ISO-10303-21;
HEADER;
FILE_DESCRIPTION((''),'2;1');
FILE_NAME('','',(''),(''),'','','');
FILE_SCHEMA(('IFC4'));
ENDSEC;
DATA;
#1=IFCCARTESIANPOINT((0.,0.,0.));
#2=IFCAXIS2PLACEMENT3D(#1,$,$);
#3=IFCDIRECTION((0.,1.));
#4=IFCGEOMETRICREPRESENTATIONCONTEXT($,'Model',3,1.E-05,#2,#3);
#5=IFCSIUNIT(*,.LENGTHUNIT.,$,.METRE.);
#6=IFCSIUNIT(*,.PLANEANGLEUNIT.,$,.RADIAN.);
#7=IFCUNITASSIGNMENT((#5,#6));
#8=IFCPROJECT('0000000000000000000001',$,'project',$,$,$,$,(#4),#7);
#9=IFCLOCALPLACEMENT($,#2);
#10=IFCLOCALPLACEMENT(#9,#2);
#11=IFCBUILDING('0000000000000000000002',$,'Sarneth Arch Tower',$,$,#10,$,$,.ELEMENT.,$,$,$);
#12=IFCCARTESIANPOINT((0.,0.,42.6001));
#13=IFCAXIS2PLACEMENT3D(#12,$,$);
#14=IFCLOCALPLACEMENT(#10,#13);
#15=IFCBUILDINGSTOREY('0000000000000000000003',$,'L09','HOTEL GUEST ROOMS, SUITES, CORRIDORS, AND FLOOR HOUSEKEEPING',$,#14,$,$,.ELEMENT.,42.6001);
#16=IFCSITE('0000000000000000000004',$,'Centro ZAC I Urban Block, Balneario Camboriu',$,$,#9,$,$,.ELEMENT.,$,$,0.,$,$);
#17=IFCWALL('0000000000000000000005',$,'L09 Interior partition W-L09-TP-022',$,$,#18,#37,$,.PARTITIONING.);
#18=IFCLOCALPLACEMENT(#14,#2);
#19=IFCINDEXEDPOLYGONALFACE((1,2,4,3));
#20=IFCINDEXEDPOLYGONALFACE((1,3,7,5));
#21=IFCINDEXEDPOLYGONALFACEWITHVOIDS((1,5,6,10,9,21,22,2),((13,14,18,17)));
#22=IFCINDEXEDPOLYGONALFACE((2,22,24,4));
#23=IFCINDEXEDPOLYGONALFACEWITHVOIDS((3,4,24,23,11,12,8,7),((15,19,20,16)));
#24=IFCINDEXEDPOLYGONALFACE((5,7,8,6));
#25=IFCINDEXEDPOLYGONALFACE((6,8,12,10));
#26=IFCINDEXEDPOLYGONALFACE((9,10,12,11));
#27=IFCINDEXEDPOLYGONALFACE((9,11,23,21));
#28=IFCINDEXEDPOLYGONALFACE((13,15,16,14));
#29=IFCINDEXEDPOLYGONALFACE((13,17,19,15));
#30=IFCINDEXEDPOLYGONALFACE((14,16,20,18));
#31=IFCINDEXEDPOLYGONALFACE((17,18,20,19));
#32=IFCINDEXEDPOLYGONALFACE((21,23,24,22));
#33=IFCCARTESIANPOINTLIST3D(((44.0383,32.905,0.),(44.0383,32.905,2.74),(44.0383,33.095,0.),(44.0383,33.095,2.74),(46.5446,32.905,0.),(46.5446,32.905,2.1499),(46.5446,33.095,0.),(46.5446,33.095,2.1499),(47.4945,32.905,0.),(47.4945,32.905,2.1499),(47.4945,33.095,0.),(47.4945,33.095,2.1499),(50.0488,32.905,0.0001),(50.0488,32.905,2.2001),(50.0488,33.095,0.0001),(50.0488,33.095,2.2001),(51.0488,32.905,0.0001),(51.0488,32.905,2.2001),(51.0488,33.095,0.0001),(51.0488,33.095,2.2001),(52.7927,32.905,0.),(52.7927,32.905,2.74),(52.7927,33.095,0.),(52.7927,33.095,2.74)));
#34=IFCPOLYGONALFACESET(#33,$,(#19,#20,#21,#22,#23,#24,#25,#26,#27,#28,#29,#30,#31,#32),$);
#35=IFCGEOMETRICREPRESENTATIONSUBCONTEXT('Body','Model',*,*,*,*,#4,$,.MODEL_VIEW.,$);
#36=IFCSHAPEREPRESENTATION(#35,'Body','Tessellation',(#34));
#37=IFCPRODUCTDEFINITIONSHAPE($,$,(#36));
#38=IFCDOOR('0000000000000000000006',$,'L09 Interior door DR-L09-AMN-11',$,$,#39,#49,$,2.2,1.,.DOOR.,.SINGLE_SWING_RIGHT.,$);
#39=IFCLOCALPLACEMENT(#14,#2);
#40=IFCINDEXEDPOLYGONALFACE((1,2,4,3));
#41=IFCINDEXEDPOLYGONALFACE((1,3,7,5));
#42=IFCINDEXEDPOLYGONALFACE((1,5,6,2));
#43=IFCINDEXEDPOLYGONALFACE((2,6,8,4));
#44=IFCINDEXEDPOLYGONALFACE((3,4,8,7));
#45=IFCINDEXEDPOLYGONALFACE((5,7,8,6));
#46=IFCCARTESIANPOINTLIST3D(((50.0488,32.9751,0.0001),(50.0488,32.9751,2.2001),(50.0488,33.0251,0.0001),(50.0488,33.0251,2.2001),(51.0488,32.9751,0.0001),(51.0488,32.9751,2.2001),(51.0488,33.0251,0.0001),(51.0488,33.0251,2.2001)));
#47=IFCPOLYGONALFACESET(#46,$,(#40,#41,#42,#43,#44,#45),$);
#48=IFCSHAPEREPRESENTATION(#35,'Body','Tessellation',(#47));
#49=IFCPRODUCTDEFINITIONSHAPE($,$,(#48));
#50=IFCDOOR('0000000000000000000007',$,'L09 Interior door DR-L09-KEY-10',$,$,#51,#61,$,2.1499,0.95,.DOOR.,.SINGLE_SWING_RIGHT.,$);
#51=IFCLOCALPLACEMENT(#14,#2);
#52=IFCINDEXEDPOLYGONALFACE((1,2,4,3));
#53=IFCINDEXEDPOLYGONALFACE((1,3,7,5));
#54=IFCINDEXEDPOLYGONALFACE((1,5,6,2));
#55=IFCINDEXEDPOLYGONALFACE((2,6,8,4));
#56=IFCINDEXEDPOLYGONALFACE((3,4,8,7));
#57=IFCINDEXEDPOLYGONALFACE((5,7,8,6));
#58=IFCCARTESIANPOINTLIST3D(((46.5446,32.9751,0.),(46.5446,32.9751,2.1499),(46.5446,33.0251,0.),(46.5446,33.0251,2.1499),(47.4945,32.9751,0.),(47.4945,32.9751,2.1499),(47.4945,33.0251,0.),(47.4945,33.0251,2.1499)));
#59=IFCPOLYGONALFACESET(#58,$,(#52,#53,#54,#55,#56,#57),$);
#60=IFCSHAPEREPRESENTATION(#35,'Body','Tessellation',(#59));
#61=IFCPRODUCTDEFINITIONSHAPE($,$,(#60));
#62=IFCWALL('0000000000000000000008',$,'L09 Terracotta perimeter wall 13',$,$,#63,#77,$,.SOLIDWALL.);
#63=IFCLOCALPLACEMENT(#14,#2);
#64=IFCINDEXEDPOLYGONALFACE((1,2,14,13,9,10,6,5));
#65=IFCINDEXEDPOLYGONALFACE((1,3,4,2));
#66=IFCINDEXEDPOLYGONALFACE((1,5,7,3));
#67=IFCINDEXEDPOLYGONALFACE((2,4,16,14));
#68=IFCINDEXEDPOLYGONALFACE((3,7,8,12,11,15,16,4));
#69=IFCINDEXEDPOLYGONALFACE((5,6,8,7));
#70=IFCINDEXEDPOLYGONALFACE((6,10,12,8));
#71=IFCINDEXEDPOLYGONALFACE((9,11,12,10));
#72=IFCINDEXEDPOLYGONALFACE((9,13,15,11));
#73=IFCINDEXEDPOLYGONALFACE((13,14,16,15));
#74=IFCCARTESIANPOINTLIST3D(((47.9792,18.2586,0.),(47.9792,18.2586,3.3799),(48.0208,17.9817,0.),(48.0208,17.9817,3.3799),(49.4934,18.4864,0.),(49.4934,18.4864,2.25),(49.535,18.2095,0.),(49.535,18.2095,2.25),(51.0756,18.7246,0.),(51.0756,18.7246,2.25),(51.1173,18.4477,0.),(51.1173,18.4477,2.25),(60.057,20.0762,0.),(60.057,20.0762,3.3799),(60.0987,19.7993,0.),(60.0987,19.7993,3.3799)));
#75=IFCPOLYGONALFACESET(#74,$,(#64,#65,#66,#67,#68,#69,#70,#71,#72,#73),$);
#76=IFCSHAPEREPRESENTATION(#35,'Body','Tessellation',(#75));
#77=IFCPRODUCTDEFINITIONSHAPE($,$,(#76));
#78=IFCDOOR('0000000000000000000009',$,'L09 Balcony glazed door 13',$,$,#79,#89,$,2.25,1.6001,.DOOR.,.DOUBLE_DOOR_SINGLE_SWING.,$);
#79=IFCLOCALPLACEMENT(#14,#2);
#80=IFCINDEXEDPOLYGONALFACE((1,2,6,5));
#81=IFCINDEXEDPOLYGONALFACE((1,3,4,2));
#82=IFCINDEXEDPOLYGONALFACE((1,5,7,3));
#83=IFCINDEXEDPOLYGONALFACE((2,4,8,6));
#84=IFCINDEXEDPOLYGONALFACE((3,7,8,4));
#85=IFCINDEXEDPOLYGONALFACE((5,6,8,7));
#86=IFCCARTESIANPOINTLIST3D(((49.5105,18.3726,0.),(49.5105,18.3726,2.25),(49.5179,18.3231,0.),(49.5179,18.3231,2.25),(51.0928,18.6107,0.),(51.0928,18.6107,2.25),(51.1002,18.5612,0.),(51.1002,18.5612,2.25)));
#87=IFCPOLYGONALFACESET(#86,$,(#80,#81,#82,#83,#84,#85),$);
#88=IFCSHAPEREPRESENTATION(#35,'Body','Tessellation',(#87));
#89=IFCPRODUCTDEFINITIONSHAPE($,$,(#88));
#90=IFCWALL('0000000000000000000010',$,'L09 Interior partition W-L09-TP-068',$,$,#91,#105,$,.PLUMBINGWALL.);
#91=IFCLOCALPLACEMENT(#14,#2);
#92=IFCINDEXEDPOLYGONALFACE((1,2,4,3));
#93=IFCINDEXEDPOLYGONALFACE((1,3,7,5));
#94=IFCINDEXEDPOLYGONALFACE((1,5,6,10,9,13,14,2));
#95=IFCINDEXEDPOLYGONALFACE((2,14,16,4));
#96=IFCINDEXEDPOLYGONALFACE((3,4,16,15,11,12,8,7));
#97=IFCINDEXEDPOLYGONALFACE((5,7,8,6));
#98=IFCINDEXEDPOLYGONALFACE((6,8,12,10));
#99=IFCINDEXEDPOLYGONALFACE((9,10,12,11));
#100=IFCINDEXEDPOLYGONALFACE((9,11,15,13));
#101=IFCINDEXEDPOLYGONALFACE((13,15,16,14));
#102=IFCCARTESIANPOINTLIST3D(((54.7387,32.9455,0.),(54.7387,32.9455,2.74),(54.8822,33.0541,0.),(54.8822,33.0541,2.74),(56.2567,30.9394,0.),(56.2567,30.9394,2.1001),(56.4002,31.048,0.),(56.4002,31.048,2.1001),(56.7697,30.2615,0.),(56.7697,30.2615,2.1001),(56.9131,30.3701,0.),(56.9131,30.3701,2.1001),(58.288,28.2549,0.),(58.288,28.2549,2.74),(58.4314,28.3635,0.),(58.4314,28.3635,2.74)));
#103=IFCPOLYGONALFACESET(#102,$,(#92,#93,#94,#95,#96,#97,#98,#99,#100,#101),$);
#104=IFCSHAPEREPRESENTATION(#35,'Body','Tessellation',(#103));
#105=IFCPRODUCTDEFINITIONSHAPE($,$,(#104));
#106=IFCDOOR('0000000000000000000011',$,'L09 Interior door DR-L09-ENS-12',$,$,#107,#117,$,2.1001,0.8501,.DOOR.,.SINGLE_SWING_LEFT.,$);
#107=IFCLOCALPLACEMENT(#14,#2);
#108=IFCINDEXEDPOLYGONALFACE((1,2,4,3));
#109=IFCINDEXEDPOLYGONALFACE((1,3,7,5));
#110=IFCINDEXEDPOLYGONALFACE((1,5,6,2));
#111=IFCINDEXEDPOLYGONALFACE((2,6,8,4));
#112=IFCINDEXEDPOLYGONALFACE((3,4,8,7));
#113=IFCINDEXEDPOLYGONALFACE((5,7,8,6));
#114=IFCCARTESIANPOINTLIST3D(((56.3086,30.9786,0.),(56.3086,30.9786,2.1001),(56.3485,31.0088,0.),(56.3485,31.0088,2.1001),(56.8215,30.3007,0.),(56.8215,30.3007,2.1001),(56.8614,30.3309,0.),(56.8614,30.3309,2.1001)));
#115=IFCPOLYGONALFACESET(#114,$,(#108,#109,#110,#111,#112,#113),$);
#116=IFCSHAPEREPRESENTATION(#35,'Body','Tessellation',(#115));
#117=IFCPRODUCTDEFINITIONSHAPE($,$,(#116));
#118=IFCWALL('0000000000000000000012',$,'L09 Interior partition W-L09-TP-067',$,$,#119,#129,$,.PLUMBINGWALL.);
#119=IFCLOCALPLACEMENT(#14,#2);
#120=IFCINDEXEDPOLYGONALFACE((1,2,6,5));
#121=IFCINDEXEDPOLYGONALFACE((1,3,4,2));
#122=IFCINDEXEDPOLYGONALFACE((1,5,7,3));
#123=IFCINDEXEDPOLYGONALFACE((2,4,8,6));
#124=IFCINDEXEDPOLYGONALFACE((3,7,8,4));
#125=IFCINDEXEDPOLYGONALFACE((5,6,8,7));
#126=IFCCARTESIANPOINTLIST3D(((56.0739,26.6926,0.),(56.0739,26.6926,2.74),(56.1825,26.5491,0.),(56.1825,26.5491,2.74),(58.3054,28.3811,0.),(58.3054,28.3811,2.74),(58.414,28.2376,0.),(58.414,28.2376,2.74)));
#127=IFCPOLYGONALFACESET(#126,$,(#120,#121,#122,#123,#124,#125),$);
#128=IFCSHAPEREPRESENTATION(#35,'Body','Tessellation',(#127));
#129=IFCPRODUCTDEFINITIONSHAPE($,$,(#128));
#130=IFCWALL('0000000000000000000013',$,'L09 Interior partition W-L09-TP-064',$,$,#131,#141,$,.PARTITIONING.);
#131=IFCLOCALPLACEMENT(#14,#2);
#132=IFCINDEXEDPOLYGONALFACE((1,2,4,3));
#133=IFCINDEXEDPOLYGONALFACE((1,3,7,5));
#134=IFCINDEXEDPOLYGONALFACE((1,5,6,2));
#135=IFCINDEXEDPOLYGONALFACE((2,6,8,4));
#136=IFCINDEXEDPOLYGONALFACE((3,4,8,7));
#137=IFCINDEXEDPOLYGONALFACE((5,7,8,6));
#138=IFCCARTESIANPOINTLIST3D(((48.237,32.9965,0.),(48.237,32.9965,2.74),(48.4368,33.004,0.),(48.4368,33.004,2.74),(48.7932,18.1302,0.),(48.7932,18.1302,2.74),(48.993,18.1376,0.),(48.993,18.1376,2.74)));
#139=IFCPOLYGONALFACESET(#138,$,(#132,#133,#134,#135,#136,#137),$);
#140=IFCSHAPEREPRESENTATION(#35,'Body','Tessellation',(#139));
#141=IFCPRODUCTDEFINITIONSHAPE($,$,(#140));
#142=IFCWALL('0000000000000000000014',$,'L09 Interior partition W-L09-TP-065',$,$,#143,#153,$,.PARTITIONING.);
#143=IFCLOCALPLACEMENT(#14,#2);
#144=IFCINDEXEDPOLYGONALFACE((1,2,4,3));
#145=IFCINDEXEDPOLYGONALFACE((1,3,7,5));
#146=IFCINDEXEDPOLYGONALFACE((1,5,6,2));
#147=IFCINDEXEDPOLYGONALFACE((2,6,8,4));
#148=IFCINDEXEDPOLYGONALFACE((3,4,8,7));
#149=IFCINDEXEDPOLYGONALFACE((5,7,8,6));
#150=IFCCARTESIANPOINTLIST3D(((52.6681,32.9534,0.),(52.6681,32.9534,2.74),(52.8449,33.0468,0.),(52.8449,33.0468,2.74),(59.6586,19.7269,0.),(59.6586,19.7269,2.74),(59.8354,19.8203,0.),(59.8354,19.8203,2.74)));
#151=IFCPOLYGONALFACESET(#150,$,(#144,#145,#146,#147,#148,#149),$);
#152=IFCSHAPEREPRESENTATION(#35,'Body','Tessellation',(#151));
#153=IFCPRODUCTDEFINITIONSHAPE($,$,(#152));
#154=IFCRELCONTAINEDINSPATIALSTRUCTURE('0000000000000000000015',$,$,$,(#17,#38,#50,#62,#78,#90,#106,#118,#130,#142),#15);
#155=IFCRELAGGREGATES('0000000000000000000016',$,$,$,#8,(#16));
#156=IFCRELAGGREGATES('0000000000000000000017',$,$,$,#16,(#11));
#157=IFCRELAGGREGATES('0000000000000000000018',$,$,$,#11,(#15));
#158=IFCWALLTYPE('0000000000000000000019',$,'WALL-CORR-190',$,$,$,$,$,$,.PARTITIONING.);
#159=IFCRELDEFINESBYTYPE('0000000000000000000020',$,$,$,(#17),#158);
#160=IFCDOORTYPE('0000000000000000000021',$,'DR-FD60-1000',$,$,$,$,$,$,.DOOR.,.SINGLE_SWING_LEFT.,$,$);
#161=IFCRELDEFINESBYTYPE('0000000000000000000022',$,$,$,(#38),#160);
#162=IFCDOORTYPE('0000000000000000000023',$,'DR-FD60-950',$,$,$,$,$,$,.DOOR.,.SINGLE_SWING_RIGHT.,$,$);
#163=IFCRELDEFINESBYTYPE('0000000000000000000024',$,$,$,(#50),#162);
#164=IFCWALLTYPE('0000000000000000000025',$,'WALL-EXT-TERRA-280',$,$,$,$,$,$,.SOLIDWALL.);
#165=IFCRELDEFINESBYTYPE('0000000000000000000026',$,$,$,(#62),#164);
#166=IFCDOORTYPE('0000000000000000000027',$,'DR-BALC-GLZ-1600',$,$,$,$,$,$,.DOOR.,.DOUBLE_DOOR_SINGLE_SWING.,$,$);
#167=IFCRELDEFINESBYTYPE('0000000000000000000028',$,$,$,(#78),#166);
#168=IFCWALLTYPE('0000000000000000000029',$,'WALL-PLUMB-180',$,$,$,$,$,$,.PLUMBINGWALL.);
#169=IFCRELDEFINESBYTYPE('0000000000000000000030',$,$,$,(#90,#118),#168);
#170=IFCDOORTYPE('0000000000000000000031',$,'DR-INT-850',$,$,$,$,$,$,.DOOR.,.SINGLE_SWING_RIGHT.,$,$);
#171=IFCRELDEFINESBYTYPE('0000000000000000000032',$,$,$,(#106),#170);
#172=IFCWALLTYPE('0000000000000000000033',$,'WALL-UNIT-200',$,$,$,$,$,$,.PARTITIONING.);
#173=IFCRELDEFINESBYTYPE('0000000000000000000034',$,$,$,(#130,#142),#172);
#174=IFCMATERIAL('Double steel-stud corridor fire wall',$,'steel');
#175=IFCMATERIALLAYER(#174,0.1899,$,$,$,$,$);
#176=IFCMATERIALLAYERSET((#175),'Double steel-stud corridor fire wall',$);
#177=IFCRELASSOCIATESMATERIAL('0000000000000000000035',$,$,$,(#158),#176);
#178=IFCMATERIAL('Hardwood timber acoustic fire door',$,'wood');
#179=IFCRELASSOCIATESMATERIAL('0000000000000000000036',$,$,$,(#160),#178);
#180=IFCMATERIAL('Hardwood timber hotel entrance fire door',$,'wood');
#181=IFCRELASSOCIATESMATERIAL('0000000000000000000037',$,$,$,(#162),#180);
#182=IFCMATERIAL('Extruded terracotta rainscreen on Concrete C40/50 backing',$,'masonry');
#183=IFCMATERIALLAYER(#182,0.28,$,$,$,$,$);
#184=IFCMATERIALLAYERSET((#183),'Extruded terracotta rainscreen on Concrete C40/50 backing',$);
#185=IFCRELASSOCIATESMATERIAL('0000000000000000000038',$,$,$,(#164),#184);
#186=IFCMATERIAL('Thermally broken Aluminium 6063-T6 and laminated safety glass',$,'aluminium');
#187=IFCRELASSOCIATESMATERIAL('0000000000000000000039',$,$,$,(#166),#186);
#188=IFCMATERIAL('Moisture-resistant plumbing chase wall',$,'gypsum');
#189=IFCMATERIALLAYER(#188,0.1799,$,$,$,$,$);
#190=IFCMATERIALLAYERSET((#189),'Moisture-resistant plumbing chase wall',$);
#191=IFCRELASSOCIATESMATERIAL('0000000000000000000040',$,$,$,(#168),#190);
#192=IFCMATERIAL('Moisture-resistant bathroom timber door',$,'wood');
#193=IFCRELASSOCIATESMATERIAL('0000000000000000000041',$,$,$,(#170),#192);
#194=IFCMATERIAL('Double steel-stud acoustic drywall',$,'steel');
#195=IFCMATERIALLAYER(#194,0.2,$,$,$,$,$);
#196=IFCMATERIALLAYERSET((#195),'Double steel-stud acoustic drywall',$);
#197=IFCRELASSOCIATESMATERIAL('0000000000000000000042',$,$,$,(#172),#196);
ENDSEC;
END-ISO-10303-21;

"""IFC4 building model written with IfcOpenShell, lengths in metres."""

from ifc_helpers import new_model, si_unit, direction, frame, frame_2d, origin, place, context, subcontext, project, spatial, rectangle, extrude, material, layer, layer_set, type_object, element, fill, save


model = new_model("IFC4")

# Units and contexts
model_context = context("Model", 3, precision=1e-05, world=origin(), true_north=direction((0.0, 1.0)))
body_context = subcontext(model_context, "Body", "Model", "MODEL_VIEW")
ifc_project = project(units=[si_unit("LENGTHUNIT", "METRE"), si_unit("PLANEANGLEUNIT", "RADIAN")], contexts=[model_context])

# Site, building, storey
site_placement = place(None, origin())
site = spatial("IfcSite", under=ifc_project, at=site_placement, Name="Centro ZAC I Urban Block, Balneario Camboriu", CompositionType="ELEMENT", RefElevation=0.0)
building_placement = place(site_placement, origin())
building = spatial("IfcBuilding", under=site, at=building_placement, Name="Sarneth Arch Tower", CompositionType="ELEMENT")
storey_placement = place(building_placement, frame((0.0, 0.0, 42.6001)))
storey = spatial("IfcBuildingStorey", under=building, at=storey_placement, Name="L09", Description="HOTEL GUEST ROOMS, SUITES, CORRIDORS, AND FLOOR HOUSEKEEPING", CompositionType="ELEMENT", Elevation=42.6001)

# Wall, openings, doors
ifc_material_1 = material(Name="Double steel-stud corridor fire wall", Category="steel")
ifc_layer_1 = layer(ifc_material_1, 0.1899)
ifc_layer_set_1 = layer_set([ifc_layer_1], Name="Double steel-stud corridor fire wall")
wall_type_1 = type_object("IfcWallType", Name="WALL-CORR-190", PredefinedType="PARTITIONING", material=ifc_layer_set_1)
wall_1_placement = place(storey_placement, frame((52.7927, 33.0, 0.0), z_axis=(0.0, 0.0, 1.0), x_axis=(-1.0, 0.0, 0.0)))
wall_1 = element("IfcWall", 1, at=wall_1_placement, inside=storey, type_object=wall_type_1, Name="L09 Interior partition W-L09-TP-022", PredefinedType="PARTITIONING", context=body_context, shape_type="SweptSolid", body=[
    extrude(rectangle(XDim=8.7544, YDim=0.1899, at=frame_2d((4.3772, 0.0))), origin(), (0.0, 0.0, 1.0), 2.74),
])
opening_1_placement = place(wall_1_placement, frame((1.7439, 0.0, 0.0)))
opening_1 = element("IfcOpeningElement", 2, at=opening_1_placement, cuts=wall_1, PredefinedType="OPENING", context=body_context, shape_type="SweptSolid", body=[
    extrude(rectangle(XDim=1.0, YDim=2.2, at=frame_2d((0.5, 1.1001))), frame((0.0, 0.105, 0.0), z_axis=(0.0, -1.0, 0.0), x_axis=(1.0, 0.0, 0.0)), (0.0, 0.0, 1.0), 0.21),
])
opening_2_placement = place(wall_1_placement, frame((5.2981, 0.0, 0.0)))
opening_2 = element("IfcOpeningElement", 3, at=opening_2_placement, cuts=wall_1, PredefinedType="OPENING", context=body_context, shape_type="SweptSolid", body=[
    extrude(rectangle(XDim=0.95, YDim=2.1499, at=frame_2d((0.4751, 1.075))), frame((0.0, 0.105, 0.0), z_axis=(0.0, -1.0, 0.0), x_axis=(1.0, 0.0, 0.0)), (0.0, 0.0, 1.0), 0.21),
])
ifc_material_2 = material(Name="Hardwood timber acoustic fire door", Category="wood")
door_type_1 = type_object("IfcDoorType", Name="DR-FD60-1000", OperationType="SINGLE_SWING_LEFT", PredefinedType="DOOR", material=ifc_material_2)
door_1_placement = place(opening_1_placement, origin())
door_1 = element("IfcDoor", 4, at=door_1_placement, inside=storey, type_object=door_type_1, Name="L09 Interior door DR-L09-AMN-11", OperationType="SINGLE_SWING_RIGHT", OverallHeight=2.2, OverallWidth=1.0, PredefinedType="DOOR", context=body_context, shape_type="SweptSolid", body=[
    extrude(rectangle(XDim=1.0, YDim=2.2, at=frame_2d((0.5, 1.1001))), frame((0.0, 0.0249, 0.0), z_axis=(0.0, -1.0, 0.0), x_axis=(1.0, 0.0, 0.0)), (0.0, 0.0, 1.0), 0.05),
])
fill(opening_1, door_1)
ifc_material_3 = material(Name="Hardwood timber hotel entrance fire door", Category="wood")
door_type_2 = type_object("IfcDoorType", Name="DR-FD60-950", OperationType="SINGLE_SWING_RIGHT", PredefinedType="DOOR", material=ifc_material_3)
door_2_placement = place(opening_2_placement, origin())
door_2 = element("IfcDoor", 5, at=door_2_placement, inside=storey, type_object=door_type_2, Name="L09 Interior door DR-L09-KEY-10", OperationType="SINGLE_SWING_RIGHT", OverallHeight=2.1499, OverallWidth=0.95, PredefinedType="DOOR", context=body_context, shape_type="SweptSolid", body=[
    extrude(rectangle(XDim=0.95, YDim=2.1499, at=frame_2d((0.4751, 1.075))), frame((0.0, 0.0249, 0.0), z_axis=(0.0, -1.0, 0.0), x_axis=(1.0, 0.0, 0.0)), (0.0, 0.0, 1.0), 0.05),
])
fill(opening_2, door_2)

# Walls, openings, doors
ifc_material_4 = material(Name="Extruded terracotta rainscreen on Concrete C40/50 backing", Category="masonry")
ifc_layer_2 = layer(ifc_material_4, 0.28)
ifc_layer_set_2 = layer_set([ifc_layer_2], Name="Extruded terracotta rainscreen on Concrete C40/50 backing")
wall_type_2 = type_object("IfcWallType", Name="WALL-EXT-TERRA-280", PredefinedType="SOLIDWALL", material=ifc_layer_set_2)
wall_2_placement = place(storey_placement, frame((48.0, 18.1201, 0.0), z_axis=(0.0, 0.0, 1.0), x_axis=(0.988865, 0.148816, 0.0)))
wall_2 = element("IfcWall", 6, at=wall_2_placement, inside=storey, type_object=wall_type_2, Name="L09 Terracotta perimeter wall 13", PredefinedType="SOLIDWALL", context=body_context, shape_type="SweptSolid", body=[
    extrude(rectangle(XDim=12.2139, YDim=0.28, at=frame_2d((6.1069, 0.0))), origin(), (0.0, 0.0, 1.0), 3.3799),
])
opening_3_placement = place(wall_2_placement, frame((1.5312, 0.0, 0.0)))
opening_3 = element("IfcOpeningElement", 7, at=opening_3_placement, cuts=wall_2, PredefinedType="OPENING", context=body_context, shape_type="SweptSolid", body=[
    extrude(rectangle(XDim=1.6001, YDim=2.25, at=frame_2d((0.8, 1.125))), frame((0.0, 0.1499, 0.0), z_axis=(0.0, -1.0, 0.0), x_axis=(1.0, 0.0, 0.0)), (0.0, 0.0, 1.0), 0.3),
])
ifc_material_5 = material(Name="Thermally broken Aluminium 6063-T6 and laminated safety glass", Category="aluminium")
door_type_3 = type_object("IfcDoorType", Name="DR-BALC-GLZ-1600", OperationType="DOUBLE_DOOR_SINGLE_SWING", PredefinedType="DOOR", material=ifc_material_5)
door_3_placement = place(opening_3_placement, origin())
door_3 = element("IfcDoor", 8, at=door_3_placement, inside=storey, type_object=door_type_3, Name="L09 Balcony glazed door 13", OperationType="DOUBLE_DOOR_SINGLE_SWING", OverallHeight=2.25, OverallWidth=1.6001, PredefinedType="DOOR", context=body_context, shape_type="SweptSolid", body=[
    extrude(rectangle(XDim=1.6001, YDim=2.25, at=frame_2d((0.8, 1.125))), frame((0.0, 0.0249, 0.0), z_axis=(0.0, -1.0, 0.0), x_axis=(1.0, 0.0, 0.0)), (0.0, 0.0, 1.0), 0.05),
])
fill(opening_3, door_3)
ifc_material_6 = material(Name="Moisture-resistant plumbing chase wall", Category="gypsum")
ifc_layer_3 = layer(ifc_material_6, 0.1799)
ifc_layer_set_3 = layer_set([ifc_layer_3], Name="Moisture-resistant plumbing chase wall")
wall_type_3 = type_object("IfcWallType", Name="WALL-PLUMB-180", PredefinedType="PLUMBINGWALL", material=ifc_layer_set_3)
wall_3_placement = place(storey_placement, frame((58.3596, 28.3093, 0.0), z_axis=(0.0, 0.0, 1.0), x_axis=(-0.603401, 0.797438, 0.0)))
wall_3 = element("IfcWall", 9, at=wall_3_placement, inside=storey, type_object=wall_type_3, Name="L09 Interior partition W-L09-TP-068", PredefinedType="PLUMBINGWALL", context=body_context, shape_type="SweptSolid", body=[
    extrude(rectangle(XDim=5.8821, YDim=0.1799, at=frame_2d((2.9409, 0.0))), origin(), (0.0, 0.0, 1.0), 2.74),
])
opening_4_placement = place(wall_3_placement, frame((2.5161, 0.0, 0.0)))
opening_4 = element("IfcOpeningElement", 10, at=opening_4_placement, cuts=wall_3, PredefinedType="OPENING", context=body_context, shape_type="SweptSolid", body=[
    extrude(rectangle(XDim=0.8501, YDim=2.1001, at=frame_2d((0.425, 1.05))), frame((0.0, 0.0999, 0.0), z_axis=(0.0, -1.0, 0.0), x_axis=(1.0, 0.0, 0.0)), (0.0, 0.0, 1.0), 0.2),
])
ifc_material_7 = material(Name="Moisture-resistant bathroom timber door", Category="wood")
door_type_4 = type_object("IfcDoorType", Name="DR-INT-850", OperationType="SINGLE_SWING_RIGHT", PredefinedType="DOOR", material=ifc_material_7)
door_4_placement = place(opening_4_placement, origin())
door_4 = element("IfcDoor", 11, at=door_4_placement, inside=storey, type_object=door_type_4, Name="L09 Interior door DR-L09-ENS-12", OperationType="SINGLE_SWING_LEFT", OverallHeight=2.1001, OverallWidth=0.8501, PredefinedType="DOOR", context=body_context, shape_type="SweptSolid", body=[
    extrude(rectangle(XDim=0.8501, YDim=2.1001, at=frame_2d((0.425, 1.05))), frame((0.0, 0.0249, 0.0), z_axis=(0.0, -1.0, 0.0), x_axis=(1.0, 0.0, 0.0)), (0.0, 0.0, 1.0), 0.05),
])
fill(opening_4, door_4)

# Walls
wall_4_placement = place(storey_placement, frame((56.1282, 26.6208, 0.0), z_axis=(0.0, 0.0, 1.0), x_axis=(0.797438, 0.603401, 0.0)))
element("IfcWall", 12, at=wall_4_placement, inside=storey, type_object=wall_type_3, Name="L09 Interior partition W-L09-TP-067", PredefinedType="PLUMBINGWALL", context=body_context, shape_type="SweptSolid", body=[
    extrude(rectangle(XDim=2.7983, YDim=0.1799, at=frame_2d((1.3992, 0.0))), origin(), (0.0, 0.0, 1.0), 2.74),
])
ifc_material_8 = material(Name="Double steel-stud acoustic drywall", Category="steel")
ifc_layer_4 = layer(ifc_material_8, 0.2)
ifc_layer_set_4 = layer_set([ifc_layer_4], Name="Double steel-stud acoustic drywall")
wall_type_4 = type_object("IfcWallType", Name="WALL-UNIT-200", PredefinedType="PARTITIONING", material=ifc_layer_set_4)
wall_5_placement = place(storey_placement, frame((48.8931, 18.1338, 0.0), z_axis=(0.0, 0.0, 1.0), x_axis=(-0.037384, 0.999301, 0.0)))
element("IfcWall", 13, at=wall_5_placement, inside=storey, type_object=wall_type_4, Name="L09 Interior partition W-L09-TP-064", PredefinedType="PARTITIONING", context=body_context, shape_type="SweptSolid", body=[
    extrude(rectangle(XDim=14.8767, YDim=0.2, at=frame_2d((7.4385, 0.0))), origin(), (0.0, 0.0, 1.0), 2.74),
])
wall_6_placement = place(storey_placement, frame((52.7566, 33.0, 0.0), z_axis=(0.0, 0.0, 1.0), x_axis=(0.467271, -0.884114, 0.0)))
element("IfcWall", 14, at=wall_6_placement, inside=storey, type_object=wall_type_4, Name="L09 Interior partition W-L09-TP-065", PredefinedType="PARTITIONING", context=body_context, shape_type="SweptSolid", body=[
    extrude(rectangle(XDim=14.9602, YDim=0.2, at=frame_2d((7.48, 0.0))), origin(), (0.0, 0.0, 1.0), 2.74),
])

save(model, "model.ifc")
